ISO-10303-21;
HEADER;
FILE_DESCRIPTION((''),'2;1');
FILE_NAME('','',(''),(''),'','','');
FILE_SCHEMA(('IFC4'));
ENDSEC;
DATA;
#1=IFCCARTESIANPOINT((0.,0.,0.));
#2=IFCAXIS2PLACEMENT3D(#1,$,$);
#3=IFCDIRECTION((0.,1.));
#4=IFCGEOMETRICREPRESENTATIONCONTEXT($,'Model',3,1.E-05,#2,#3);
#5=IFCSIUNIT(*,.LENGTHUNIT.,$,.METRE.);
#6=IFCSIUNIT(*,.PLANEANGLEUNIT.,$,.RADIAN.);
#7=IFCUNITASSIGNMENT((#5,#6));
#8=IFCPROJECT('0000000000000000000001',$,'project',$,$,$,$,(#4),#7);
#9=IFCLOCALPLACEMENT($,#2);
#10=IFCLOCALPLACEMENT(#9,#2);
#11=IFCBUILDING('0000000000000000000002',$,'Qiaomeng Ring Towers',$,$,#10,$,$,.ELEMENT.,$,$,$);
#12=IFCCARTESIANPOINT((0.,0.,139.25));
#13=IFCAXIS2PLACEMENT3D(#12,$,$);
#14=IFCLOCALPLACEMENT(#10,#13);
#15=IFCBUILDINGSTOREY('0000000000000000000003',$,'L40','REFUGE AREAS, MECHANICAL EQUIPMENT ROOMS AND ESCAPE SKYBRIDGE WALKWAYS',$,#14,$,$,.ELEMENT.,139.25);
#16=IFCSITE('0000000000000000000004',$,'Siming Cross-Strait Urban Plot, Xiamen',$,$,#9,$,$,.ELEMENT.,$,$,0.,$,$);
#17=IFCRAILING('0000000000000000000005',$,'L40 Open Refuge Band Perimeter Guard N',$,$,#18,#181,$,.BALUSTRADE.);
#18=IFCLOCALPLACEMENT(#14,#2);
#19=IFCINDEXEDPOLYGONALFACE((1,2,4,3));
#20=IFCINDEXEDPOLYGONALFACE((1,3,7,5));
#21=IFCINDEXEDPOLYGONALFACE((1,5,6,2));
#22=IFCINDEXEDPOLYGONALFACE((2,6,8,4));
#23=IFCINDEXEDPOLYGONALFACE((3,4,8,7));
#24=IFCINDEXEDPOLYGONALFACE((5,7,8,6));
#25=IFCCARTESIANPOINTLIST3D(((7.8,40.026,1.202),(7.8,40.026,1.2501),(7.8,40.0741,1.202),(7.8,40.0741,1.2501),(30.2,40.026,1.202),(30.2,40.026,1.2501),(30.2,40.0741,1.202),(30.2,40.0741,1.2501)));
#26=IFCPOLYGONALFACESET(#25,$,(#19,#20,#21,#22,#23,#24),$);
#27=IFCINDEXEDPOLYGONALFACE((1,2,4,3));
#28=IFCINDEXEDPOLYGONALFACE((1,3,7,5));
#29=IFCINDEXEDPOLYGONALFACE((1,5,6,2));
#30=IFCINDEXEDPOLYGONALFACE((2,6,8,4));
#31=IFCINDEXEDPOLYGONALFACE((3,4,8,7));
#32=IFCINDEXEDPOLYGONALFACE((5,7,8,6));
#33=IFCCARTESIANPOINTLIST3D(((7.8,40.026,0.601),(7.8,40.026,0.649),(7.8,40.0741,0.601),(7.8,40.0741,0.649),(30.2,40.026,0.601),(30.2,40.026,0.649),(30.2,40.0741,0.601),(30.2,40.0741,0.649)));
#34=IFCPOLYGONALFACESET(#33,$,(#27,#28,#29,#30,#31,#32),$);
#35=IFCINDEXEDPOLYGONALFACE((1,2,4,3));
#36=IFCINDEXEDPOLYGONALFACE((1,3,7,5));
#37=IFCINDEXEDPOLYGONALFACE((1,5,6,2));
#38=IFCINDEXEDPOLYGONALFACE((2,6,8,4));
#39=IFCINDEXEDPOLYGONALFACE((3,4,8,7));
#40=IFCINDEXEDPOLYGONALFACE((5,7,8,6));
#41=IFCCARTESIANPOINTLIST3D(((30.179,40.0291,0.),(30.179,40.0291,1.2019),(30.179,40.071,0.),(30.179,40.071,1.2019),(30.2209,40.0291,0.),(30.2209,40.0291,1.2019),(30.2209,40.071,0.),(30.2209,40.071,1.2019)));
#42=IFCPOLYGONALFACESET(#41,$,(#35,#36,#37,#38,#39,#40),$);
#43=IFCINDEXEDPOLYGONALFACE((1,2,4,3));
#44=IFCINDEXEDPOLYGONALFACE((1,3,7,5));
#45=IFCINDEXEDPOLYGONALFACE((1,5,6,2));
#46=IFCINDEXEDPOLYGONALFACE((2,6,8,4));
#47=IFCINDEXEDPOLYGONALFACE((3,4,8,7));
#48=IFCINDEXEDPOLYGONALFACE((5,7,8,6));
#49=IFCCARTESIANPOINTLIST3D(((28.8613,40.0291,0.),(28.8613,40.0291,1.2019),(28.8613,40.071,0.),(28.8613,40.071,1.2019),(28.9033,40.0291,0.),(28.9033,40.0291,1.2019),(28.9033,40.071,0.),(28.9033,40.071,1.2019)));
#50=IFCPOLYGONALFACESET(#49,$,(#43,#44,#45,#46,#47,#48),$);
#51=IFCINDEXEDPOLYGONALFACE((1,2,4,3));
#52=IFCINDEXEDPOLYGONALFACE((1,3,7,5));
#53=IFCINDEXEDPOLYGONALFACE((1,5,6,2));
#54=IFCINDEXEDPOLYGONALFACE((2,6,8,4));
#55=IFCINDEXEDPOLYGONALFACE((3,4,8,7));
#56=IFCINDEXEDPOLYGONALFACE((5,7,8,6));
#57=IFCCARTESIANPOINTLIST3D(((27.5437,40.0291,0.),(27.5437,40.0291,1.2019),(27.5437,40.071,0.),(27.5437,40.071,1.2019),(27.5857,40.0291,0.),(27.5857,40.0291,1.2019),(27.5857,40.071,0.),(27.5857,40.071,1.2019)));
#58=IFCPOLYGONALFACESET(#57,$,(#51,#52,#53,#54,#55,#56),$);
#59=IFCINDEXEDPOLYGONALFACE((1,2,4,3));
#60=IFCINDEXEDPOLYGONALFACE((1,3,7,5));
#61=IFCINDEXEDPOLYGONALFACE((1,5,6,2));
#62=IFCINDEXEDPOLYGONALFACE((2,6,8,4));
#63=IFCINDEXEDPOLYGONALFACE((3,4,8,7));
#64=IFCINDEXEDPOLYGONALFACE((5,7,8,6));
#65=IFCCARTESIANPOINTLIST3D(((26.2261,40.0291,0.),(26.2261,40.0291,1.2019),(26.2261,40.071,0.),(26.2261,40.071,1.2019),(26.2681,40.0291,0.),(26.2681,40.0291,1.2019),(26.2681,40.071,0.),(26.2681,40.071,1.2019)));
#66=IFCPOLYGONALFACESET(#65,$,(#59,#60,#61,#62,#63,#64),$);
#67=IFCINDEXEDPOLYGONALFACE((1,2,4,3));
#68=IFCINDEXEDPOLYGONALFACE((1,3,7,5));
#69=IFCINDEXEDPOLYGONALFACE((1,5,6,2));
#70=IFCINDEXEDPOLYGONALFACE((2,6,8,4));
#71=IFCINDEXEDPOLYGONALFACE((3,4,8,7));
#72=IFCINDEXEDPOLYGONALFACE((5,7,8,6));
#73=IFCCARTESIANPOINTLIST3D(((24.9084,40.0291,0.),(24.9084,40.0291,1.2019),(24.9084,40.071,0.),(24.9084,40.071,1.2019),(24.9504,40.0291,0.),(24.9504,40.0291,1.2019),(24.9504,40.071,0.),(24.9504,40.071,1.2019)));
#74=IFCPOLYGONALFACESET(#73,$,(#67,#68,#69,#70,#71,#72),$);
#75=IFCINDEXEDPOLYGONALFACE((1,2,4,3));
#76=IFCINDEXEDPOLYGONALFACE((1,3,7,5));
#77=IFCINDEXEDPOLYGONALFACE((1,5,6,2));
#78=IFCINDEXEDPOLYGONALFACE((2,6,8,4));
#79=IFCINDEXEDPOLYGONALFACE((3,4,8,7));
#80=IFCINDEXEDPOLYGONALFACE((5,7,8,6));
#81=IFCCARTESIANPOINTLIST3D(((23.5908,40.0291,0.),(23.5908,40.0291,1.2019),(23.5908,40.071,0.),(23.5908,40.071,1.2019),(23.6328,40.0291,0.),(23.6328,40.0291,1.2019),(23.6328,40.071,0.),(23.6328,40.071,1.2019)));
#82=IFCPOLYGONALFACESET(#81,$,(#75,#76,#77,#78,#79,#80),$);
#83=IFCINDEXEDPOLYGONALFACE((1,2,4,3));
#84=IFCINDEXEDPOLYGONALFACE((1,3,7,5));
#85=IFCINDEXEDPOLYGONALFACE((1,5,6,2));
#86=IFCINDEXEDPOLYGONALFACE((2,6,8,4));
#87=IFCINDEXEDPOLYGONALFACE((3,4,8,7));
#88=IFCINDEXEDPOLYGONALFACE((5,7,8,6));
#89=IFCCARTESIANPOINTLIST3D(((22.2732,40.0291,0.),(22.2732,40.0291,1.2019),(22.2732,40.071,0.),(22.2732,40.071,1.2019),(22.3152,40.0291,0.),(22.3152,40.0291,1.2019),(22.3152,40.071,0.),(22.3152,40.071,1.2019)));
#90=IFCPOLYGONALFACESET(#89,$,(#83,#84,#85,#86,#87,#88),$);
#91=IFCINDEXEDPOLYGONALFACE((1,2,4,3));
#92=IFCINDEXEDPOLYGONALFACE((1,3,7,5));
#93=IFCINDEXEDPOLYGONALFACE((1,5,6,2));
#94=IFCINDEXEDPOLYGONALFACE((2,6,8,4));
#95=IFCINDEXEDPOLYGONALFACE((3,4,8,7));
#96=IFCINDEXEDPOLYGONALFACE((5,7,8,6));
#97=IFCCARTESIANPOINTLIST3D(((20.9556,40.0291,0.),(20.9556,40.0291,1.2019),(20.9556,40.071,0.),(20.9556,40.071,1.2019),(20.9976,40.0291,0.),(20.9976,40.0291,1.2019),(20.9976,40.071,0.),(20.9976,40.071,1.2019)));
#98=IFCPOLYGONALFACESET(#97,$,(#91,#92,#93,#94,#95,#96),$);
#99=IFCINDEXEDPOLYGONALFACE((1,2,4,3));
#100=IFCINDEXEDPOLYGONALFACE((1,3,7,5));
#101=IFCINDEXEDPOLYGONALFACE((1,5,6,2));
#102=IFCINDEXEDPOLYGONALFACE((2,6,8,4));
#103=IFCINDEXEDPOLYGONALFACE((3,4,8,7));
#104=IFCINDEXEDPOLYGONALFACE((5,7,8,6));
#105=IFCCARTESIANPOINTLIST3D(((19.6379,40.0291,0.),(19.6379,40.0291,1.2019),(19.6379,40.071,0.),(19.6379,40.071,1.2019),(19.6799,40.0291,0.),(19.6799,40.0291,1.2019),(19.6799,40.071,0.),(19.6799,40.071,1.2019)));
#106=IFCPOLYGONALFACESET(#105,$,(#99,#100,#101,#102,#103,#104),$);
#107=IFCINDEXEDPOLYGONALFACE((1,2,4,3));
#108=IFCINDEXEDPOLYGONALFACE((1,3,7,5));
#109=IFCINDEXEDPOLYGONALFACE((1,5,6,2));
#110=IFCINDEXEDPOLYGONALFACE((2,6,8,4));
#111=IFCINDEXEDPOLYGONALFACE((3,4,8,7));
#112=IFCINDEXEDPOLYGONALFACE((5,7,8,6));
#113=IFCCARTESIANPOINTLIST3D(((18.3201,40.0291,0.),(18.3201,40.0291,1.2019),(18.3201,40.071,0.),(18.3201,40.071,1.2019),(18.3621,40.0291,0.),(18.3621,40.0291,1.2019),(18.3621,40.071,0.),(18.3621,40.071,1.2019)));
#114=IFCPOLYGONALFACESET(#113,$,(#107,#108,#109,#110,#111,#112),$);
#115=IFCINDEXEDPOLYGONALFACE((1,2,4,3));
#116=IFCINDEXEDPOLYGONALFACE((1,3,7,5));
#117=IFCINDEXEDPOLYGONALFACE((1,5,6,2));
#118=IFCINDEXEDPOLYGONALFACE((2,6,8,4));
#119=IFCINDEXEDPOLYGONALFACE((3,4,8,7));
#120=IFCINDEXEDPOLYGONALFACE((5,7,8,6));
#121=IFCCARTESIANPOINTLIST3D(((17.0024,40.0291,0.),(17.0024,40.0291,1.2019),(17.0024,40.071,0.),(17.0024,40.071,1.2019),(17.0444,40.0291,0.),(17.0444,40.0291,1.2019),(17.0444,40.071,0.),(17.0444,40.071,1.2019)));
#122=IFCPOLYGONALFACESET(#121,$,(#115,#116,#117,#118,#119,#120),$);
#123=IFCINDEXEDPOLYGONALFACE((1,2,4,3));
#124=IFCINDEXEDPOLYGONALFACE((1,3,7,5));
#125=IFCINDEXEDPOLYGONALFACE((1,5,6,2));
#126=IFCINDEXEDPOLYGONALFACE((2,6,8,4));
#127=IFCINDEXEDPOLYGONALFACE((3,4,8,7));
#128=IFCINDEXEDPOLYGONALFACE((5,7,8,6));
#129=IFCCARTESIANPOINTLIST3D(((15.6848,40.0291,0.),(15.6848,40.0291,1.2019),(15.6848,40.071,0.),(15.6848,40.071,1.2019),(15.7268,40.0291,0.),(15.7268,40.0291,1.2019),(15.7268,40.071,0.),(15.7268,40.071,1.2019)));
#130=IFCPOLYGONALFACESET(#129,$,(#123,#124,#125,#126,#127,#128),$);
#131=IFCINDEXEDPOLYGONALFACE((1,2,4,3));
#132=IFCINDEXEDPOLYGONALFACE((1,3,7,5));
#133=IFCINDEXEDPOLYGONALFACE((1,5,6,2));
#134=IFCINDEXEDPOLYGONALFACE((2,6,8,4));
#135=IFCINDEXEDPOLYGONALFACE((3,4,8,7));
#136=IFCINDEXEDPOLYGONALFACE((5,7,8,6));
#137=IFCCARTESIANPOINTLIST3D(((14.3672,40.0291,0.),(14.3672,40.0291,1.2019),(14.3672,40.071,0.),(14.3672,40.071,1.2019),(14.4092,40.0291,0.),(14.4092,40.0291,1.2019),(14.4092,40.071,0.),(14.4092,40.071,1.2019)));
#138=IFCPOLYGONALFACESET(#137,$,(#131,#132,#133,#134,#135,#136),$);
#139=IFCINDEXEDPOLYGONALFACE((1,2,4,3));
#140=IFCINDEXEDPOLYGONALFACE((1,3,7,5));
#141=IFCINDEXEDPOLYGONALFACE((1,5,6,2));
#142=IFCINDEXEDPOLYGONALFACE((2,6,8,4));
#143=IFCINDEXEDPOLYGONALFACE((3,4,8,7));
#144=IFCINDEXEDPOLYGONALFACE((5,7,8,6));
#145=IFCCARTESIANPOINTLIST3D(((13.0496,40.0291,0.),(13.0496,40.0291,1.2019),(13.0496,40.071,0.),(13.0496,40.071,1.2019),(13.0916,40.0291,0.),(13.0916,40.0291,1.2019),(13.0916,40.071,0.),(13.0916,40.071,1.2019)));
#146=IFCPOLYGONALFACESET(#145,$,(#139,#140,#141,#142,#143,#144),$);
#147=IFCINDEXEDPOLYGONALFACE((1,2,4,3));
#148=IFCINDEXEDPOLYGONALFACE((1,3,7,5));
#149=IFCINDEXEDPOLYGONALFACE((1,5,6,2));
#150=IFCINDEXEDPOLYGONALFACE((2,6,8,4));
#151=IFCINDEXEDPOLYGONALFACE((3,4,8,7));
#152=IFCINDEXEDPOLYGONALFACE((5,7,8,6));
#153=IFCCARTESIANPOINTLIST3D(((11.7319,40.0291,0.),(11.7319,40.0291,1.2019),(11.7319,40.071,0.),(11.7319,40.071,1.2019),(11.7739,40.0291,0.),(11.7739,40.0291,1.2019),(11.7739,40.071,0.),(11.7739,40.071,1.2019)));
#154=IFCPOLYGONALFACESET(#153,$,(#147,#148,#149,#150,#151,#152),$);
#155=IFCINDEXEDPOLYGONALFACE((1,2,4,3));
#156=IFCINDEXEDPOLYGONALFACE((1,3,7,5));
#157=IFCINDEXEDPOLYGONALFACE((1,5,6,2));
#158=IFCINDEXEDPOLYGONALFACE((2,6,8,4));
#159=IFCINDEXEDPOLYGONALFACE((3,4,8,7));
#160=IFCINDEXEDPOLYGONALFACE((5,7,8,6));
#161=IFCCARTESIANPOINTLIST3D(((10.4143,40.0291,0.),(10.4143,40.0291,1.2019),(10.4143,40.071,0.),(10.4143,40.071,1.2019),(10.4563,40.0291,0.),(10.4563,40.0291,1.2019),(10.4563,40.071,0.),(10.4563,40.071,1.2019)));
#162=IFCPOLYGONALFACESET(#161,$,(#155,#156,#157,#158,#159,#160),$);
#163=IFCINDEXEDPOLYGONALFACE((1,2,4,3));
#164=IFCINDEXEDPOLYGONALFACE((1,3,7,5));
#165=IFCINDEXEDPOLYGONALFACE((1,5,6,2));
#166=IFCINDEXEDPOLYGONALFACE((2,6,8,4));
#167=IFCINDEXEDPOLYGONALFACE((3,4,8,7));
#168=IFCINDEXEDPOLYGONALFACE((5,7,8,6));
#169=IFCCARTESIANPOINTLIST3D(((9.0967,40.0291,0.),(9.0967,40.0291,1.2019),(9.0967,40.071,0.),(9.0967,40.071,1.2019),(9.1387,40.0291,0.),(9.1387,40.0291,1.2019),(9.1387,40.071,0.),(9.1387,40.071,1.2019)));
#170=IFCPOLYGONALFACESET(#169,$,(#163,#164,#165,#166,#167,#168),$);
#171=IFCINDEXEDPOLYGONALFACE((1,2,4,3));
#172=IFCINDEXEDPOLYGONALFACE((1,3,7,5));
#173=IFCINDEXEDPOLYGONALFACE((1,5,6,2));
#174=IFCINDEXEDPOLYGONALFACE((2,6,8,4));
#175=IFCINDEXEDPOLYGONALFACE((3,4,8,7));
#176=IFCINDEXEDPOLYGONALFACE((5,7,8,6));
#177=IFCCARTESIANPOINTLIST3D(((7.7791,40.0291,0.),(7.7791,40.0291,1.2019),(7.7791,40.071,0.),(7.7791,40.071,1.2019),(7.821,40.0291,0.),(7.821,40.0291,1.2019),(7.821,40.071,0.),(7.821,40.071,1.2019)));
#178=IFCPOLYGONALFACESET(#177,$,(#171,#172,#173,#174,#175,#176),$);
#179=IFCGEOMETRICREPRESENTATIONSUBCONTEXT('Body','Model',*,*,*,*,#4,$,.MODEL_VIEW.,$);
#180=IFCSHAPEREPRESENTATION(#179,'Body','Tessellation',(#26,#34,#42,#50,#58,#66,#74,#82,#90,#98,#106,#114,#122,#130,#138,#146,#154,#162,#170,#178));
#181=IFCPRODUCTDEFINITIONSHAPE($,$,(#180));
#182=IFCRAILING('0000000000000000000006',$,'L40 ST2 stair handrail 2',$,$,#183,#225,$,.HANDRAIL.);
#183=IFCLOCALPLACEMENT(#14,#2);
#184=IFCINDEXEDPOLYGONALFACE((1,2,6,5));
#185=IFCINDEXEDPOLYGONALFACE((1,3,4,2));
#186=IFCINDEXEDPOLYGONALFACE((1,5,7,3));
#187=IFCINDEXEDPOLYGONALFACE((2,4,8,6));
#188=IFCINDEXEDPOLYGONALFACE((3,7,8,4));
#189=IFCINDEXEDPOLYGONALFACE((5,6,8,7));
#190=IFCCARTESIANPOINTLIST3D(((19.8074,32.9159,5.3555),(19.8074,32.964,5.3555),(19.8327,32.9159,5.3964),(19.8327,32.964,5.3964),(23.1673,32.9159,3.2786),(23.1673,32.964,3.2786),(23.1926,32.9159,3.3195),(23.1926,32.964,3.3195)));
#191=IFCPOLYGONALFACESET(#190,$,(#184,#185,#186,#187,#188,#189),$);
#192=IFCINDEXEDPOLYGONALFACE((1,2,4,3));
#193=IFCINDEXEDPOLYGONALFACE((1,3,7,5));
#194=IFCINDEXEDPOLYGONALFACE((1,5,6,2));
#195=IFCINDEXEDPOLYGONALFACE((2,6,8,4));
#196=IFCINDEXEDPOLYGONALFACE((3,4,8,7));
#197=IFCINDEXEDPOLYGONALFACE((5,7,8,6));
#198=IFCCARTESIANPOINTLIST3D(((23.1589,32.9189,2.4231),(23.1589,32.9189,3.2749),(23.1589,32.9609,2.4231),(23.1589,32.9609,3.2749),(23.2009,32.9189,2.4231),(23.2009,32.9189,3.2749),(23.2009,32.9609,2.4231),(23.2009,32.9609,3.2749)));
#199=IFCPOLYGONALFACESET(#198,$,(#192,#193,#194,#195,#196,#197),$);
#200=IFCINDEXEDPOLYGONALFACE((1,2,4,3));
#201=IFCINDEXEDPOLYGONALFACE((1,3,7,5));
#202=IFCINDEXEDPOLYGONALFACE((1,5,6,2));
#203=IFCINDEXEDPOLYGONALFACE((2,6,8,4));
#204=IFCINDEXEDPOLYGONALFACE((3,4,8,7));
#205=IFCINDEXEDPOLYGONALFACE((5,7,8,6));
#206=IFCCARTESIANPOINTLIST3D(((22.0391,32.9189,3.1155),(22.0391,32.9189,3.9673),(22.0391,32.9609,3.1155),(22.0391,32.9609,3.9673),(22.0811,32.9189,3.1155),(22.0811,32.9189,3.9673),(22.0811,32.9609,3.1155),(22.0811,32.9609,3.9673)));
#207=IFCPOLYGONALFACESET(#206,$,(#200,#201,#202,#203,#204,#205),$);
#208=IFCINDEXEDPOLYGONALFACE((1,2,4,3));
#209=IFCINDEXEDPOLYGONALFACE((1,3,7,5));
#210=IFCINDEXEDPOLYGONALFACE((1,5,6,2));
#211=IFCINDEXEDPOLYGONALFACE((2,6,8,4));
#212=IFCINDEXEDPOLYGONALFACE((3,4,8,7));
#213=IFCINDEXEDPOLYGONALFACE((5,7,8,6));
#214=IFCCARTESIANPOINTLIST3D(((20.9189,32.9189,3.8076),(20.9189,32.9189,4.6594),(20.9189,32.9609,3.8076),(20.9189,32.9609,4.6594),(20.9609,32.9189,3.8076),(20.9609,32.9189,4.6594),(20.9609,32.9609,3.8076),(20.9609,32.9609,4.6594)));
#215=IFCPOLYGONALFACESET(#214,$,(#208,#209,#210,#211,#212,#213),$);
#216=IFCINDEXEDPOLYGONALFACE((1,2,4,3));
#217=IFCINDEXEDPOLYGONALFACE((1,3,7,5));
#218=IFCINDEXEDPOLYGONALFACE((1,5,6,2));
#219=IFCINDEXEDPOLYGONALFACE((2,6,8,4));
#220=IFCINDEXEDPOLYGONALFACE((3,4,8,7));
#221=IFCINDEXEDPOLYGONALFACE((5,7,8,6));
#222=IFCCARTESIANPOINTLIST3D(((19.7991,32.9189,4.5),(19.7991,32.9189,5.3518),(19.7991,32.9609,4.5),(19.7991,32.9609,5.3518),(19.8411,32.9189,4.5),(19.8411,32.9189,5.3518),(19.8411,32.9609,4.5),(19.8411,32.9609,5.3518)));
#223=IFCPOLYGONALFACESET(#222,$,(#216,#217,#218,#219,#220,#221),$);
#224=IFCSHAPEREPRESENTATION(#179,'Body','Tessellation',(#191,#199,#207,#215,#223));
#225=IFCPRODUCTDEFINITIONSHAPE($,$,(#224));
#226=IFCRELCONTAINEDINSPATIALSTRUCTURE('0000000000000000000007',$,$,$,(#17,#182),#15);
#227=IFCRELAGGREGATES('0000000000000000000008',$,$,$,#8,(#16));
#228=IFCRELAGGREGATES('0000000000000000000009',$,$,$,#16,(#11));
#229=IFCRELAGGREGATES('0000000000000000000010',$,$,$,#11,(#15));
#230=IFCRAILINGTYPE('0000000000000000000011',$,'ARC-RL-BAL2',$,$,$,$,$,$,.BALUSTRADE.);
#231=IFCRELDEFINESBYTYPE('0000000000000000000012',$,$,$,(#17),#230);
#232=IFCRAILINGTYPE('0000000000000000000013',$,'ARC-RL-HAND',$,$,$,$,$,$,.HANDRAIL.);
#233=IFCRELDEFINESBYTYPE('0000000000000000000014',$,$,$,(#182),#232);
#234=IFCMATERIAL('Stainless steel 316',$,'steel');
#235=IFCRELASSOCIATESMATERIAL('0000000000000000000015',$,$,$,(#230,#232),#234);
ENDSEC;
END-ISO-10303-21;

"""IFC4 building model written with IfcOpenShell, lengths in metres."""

from ifc_helpers import new_model, si_unit, direction, frame, origin, origin_2d, place, context, subcontext, project, spatial, rectangle, extrude, material, type_object, element, save


model = new_model("IFC4")

# Units and contexts
model_context = context("Model", 3, precision=1e-05, world=origin(), true_north=direction((0.0, 1.0)))
body_context = subcontext(model_context, "Body", "Model", "MODEL_VIEW")
ifc_project = project(units=[si_unit("LENGTHUNIT", "METRE"), si_unit("PLANEANGLEUNIT", "RADIAN")], contexts=[model_context])

# Site, building, storey
site_placement = place(None, origin())
site = spatial("IfcSite", under=ifc_project, at=site_placement, Name="Siming Cross-Strait Urban Plot, Xiamen", CompositionType="ELEMENT", RefElevation=0.0)
building_placement = place(site_placement, origin())
building = spatial("IfcBuilding", under=site, at=building_placement, Name="Qiaomeng Ring Towers", CompositionType="ELEMENT")
storey_placement = place(building_placement, frame((0.0, 0.0, 139.25)))
storey = spatial("IfcBuildingStorey", under=building, at=storey_placement, Name="L40", Description="REFUGE AREAS, MECHANICAL EQUIPMENT ROOMS AND ESCAPE SKYBRIDGE WALKWAYS", CompositionType="ELEMENT", Elevation=139.25)

# Shared definitions
ifc_material_1 = material(Name="Stainless steel 316", Category="steel")

# Railings
railing_type_1 = type_object("IfcRailingType", Name="ARC-RL-BAL2", PredefinedType="BALUSTRADE", material=ifc_material_1)
railing_1_placement = place(storey_placement, frame((30.2, 40.05, 0.0)))
element("IfcRailing", 1, at=railing_1_placement, inside=storey, type_object=railing_type_1, Name="L40 Open Refuge Band Perimeter Guard N", PredefinedType="BALUSTRADE", context=body_context, shape_type="SweptSolid", body=[
    extrude(rectangle(XDim=0.0481, YDim=0.0481, at=origin_2d()), frame((0.0, 0.0, 1.2261), z_axis=(-1.0, 0.0, 0.0), x_axis=(0.0, -1.0, 0.0)), (0.0, 0.0, 1.0), 22.3999),
    extrude(rectangle(XDim=0.0481, YDim=0.0481, at=origin_2d()), frame((0.0, 0.0, 0.625), z_axis=(-1.0, 0.0, 0.0), x_axis=(0.0, -1.0, 0.0)), (0.0, 0.0, 1.0), 22.3999),
    extrude(rectangle(XDim=0.042, YDim=0.042, at=origin_2d()), origin(), (0.0, 0.0, 1.0), 1.2019),
    extrude(rectangle(XDim=0.042, YDim=0.042, at=origin_2d()), frame((-1.3176, 0.0, 0.0)), (0.0, 0.0, 1.0), 1.2019),
    extrude(rectangle(XDim=0.042, YDim=0.042, at=origin_2d()), frame((-2.6353, 0.0, 0.0)), (0.0, 0.0, 1.0), 1.2019),
    extrude(rectangle(XDim=0.042, YDim=0.042, at=origin_2d()), frame((-3.9529, 0.0, 0.0)), (0.0, 0.0, 1.0), 1.2019),
    extrude(rectangle(XDim=0.042, YDim=0.042, at=origin_2d()), frame((-5.2705, 0.0, 0.0)), (0.0, 0.0, 1.0), 1.2019),
    extrude(rectangle(XDim=0.042, YDim=0.042, at=origin_2d()), frame((-6.5881, 0.0, 0.0)), (0.0, 0.0, 1.0), 1.2019),
    extrude(rectangle(XDim=0.042, YDim=0.042, at=origin_2d()), frame((-7.9058, 0.0, 0.0)), (0.0, 0.0, 1.0), 1.2019),
    extrude(rectangle(XDim=0.042, YDim=0.042, at=origin_2d()), frame((-9.2234, 0.0, 0.0)), (0.0, 0.0, 1.0), 1.2019),
    extrude(rectangle(XDim=0.042, YDim=0.042, at=origin_2d()), frame((-10.541, 0.0, 0.0)), (0.0, 0.0, 1.0), 1.2019),
    extrude(rectangle(XDim=0.042, YDim=0.042, at=origin_2d()), frame((-11.8589, 0.0, 0.0)), (0.0, 0.0, 1.0), 1.2019),
    extrude(rectangle(XDim=0.042, YDim=0.042, at=origin_2d()), frame((-13.1765, 0.0, 0.0)), (0.0, 0.0, 1.0), 1.2019),
    extrude(rectangle(XDim=0.042, YDim=0.042, at=origin_2d()), frame((-14.4941, 0.0, 0.0)), (0.0, 0.0, 1.0), 1.2019),
    extrude(rectangle(XDim=0.042, YDim=0.042, at=origin_2d()), frame((-15.8118, 0.0, 0.0)), (0.0, 0.0, 1.0), 1.2019),
    extrude(rectangle(XDim=0.042, YDim=0.042, at=origin_2d()), frame((-17.1294, 0.0, 0.0)), (0.0, 0.0, 1.0), 1.2019),
    extrude(rectangle(XDim=0.042, YDim=0.042, at=origin_2d()), frame((-18.447, 0.0, 0.0)), (0.0, 0.0, 1.0), 1.2019),
    extrude(rectangle(XDim=0.042, YDim=0.042, at=origin_2d()), frame((-19.7646, 0.0, 0.0)), (0.0, 0.0, 1.0), 1.2019),
    extrude(rectangle(XDim=0.042, YDim=0.042, at=origin_2d()), frame((-21.0823, 0.0, 0.0)), (0.0, 0.0, 1.0), 1.2019),
    extrude(rectangle(XDim=0.042, YDim=0.042, at=origin_2d()), frame((-22.3999, 0.0, 0.0)), (0.0, 0.0, 1.0), 1.2019),
])
railing_type_2 = type_object("IfcRailingType", Name="ARC-RL-HAND", PredefinedType="HANDRAIL", material=ifc_material_1)
railing_2_placement = place(storey_placement, frame((23.1799, 32.9399, 2.4231)))
element("IfcRailing", 2, at=railing_2_placement, inside=storey, type_object=railing_type_2, Name="L40 ST2 stair handrail 2", PredefinedType="HANDRAIL", context=body_context, shape_type="SweptSolid", body=[
    extrude(rectangle(XDim=0.0481, YDim=0.0481, at=origin_2d()), frame((0.0, 0.0, 0.876), z_axis=(-0.850606, 0.0, 0.525803), x_axis=(0.0, -1.0, 0.0)), (0.0, 0.0, 1.0), 3.95),
    extrude(rectangle(XDim=0.042, YDim=0.042, at=origin_2d()), origin(), (0.0, 0.0, 1.0), 0.8518),
    extrude(rectangle(XDim=0.042, YDim=0.042, at=origin_2d()), frame((-1.1199, 0.0, 0.6924)), (0.0, 0.0, 1.0), 0.8518),
    extrude(rectangle(XDim=0.042, YDim=0.042, at=origin_2d()), frame((-2.24, 0.0, 1.3845)), (0.0, 0.0, 1.0), 0.8518),
    extrude(rectangle(XDim=0.042, YDim=0.042, at=origin_2d()), frame((-3.3599, 0.0, 2.0769)), (0.0, 0.0, 1.0), 0.8518),
])

save(model, "model.ifc")
